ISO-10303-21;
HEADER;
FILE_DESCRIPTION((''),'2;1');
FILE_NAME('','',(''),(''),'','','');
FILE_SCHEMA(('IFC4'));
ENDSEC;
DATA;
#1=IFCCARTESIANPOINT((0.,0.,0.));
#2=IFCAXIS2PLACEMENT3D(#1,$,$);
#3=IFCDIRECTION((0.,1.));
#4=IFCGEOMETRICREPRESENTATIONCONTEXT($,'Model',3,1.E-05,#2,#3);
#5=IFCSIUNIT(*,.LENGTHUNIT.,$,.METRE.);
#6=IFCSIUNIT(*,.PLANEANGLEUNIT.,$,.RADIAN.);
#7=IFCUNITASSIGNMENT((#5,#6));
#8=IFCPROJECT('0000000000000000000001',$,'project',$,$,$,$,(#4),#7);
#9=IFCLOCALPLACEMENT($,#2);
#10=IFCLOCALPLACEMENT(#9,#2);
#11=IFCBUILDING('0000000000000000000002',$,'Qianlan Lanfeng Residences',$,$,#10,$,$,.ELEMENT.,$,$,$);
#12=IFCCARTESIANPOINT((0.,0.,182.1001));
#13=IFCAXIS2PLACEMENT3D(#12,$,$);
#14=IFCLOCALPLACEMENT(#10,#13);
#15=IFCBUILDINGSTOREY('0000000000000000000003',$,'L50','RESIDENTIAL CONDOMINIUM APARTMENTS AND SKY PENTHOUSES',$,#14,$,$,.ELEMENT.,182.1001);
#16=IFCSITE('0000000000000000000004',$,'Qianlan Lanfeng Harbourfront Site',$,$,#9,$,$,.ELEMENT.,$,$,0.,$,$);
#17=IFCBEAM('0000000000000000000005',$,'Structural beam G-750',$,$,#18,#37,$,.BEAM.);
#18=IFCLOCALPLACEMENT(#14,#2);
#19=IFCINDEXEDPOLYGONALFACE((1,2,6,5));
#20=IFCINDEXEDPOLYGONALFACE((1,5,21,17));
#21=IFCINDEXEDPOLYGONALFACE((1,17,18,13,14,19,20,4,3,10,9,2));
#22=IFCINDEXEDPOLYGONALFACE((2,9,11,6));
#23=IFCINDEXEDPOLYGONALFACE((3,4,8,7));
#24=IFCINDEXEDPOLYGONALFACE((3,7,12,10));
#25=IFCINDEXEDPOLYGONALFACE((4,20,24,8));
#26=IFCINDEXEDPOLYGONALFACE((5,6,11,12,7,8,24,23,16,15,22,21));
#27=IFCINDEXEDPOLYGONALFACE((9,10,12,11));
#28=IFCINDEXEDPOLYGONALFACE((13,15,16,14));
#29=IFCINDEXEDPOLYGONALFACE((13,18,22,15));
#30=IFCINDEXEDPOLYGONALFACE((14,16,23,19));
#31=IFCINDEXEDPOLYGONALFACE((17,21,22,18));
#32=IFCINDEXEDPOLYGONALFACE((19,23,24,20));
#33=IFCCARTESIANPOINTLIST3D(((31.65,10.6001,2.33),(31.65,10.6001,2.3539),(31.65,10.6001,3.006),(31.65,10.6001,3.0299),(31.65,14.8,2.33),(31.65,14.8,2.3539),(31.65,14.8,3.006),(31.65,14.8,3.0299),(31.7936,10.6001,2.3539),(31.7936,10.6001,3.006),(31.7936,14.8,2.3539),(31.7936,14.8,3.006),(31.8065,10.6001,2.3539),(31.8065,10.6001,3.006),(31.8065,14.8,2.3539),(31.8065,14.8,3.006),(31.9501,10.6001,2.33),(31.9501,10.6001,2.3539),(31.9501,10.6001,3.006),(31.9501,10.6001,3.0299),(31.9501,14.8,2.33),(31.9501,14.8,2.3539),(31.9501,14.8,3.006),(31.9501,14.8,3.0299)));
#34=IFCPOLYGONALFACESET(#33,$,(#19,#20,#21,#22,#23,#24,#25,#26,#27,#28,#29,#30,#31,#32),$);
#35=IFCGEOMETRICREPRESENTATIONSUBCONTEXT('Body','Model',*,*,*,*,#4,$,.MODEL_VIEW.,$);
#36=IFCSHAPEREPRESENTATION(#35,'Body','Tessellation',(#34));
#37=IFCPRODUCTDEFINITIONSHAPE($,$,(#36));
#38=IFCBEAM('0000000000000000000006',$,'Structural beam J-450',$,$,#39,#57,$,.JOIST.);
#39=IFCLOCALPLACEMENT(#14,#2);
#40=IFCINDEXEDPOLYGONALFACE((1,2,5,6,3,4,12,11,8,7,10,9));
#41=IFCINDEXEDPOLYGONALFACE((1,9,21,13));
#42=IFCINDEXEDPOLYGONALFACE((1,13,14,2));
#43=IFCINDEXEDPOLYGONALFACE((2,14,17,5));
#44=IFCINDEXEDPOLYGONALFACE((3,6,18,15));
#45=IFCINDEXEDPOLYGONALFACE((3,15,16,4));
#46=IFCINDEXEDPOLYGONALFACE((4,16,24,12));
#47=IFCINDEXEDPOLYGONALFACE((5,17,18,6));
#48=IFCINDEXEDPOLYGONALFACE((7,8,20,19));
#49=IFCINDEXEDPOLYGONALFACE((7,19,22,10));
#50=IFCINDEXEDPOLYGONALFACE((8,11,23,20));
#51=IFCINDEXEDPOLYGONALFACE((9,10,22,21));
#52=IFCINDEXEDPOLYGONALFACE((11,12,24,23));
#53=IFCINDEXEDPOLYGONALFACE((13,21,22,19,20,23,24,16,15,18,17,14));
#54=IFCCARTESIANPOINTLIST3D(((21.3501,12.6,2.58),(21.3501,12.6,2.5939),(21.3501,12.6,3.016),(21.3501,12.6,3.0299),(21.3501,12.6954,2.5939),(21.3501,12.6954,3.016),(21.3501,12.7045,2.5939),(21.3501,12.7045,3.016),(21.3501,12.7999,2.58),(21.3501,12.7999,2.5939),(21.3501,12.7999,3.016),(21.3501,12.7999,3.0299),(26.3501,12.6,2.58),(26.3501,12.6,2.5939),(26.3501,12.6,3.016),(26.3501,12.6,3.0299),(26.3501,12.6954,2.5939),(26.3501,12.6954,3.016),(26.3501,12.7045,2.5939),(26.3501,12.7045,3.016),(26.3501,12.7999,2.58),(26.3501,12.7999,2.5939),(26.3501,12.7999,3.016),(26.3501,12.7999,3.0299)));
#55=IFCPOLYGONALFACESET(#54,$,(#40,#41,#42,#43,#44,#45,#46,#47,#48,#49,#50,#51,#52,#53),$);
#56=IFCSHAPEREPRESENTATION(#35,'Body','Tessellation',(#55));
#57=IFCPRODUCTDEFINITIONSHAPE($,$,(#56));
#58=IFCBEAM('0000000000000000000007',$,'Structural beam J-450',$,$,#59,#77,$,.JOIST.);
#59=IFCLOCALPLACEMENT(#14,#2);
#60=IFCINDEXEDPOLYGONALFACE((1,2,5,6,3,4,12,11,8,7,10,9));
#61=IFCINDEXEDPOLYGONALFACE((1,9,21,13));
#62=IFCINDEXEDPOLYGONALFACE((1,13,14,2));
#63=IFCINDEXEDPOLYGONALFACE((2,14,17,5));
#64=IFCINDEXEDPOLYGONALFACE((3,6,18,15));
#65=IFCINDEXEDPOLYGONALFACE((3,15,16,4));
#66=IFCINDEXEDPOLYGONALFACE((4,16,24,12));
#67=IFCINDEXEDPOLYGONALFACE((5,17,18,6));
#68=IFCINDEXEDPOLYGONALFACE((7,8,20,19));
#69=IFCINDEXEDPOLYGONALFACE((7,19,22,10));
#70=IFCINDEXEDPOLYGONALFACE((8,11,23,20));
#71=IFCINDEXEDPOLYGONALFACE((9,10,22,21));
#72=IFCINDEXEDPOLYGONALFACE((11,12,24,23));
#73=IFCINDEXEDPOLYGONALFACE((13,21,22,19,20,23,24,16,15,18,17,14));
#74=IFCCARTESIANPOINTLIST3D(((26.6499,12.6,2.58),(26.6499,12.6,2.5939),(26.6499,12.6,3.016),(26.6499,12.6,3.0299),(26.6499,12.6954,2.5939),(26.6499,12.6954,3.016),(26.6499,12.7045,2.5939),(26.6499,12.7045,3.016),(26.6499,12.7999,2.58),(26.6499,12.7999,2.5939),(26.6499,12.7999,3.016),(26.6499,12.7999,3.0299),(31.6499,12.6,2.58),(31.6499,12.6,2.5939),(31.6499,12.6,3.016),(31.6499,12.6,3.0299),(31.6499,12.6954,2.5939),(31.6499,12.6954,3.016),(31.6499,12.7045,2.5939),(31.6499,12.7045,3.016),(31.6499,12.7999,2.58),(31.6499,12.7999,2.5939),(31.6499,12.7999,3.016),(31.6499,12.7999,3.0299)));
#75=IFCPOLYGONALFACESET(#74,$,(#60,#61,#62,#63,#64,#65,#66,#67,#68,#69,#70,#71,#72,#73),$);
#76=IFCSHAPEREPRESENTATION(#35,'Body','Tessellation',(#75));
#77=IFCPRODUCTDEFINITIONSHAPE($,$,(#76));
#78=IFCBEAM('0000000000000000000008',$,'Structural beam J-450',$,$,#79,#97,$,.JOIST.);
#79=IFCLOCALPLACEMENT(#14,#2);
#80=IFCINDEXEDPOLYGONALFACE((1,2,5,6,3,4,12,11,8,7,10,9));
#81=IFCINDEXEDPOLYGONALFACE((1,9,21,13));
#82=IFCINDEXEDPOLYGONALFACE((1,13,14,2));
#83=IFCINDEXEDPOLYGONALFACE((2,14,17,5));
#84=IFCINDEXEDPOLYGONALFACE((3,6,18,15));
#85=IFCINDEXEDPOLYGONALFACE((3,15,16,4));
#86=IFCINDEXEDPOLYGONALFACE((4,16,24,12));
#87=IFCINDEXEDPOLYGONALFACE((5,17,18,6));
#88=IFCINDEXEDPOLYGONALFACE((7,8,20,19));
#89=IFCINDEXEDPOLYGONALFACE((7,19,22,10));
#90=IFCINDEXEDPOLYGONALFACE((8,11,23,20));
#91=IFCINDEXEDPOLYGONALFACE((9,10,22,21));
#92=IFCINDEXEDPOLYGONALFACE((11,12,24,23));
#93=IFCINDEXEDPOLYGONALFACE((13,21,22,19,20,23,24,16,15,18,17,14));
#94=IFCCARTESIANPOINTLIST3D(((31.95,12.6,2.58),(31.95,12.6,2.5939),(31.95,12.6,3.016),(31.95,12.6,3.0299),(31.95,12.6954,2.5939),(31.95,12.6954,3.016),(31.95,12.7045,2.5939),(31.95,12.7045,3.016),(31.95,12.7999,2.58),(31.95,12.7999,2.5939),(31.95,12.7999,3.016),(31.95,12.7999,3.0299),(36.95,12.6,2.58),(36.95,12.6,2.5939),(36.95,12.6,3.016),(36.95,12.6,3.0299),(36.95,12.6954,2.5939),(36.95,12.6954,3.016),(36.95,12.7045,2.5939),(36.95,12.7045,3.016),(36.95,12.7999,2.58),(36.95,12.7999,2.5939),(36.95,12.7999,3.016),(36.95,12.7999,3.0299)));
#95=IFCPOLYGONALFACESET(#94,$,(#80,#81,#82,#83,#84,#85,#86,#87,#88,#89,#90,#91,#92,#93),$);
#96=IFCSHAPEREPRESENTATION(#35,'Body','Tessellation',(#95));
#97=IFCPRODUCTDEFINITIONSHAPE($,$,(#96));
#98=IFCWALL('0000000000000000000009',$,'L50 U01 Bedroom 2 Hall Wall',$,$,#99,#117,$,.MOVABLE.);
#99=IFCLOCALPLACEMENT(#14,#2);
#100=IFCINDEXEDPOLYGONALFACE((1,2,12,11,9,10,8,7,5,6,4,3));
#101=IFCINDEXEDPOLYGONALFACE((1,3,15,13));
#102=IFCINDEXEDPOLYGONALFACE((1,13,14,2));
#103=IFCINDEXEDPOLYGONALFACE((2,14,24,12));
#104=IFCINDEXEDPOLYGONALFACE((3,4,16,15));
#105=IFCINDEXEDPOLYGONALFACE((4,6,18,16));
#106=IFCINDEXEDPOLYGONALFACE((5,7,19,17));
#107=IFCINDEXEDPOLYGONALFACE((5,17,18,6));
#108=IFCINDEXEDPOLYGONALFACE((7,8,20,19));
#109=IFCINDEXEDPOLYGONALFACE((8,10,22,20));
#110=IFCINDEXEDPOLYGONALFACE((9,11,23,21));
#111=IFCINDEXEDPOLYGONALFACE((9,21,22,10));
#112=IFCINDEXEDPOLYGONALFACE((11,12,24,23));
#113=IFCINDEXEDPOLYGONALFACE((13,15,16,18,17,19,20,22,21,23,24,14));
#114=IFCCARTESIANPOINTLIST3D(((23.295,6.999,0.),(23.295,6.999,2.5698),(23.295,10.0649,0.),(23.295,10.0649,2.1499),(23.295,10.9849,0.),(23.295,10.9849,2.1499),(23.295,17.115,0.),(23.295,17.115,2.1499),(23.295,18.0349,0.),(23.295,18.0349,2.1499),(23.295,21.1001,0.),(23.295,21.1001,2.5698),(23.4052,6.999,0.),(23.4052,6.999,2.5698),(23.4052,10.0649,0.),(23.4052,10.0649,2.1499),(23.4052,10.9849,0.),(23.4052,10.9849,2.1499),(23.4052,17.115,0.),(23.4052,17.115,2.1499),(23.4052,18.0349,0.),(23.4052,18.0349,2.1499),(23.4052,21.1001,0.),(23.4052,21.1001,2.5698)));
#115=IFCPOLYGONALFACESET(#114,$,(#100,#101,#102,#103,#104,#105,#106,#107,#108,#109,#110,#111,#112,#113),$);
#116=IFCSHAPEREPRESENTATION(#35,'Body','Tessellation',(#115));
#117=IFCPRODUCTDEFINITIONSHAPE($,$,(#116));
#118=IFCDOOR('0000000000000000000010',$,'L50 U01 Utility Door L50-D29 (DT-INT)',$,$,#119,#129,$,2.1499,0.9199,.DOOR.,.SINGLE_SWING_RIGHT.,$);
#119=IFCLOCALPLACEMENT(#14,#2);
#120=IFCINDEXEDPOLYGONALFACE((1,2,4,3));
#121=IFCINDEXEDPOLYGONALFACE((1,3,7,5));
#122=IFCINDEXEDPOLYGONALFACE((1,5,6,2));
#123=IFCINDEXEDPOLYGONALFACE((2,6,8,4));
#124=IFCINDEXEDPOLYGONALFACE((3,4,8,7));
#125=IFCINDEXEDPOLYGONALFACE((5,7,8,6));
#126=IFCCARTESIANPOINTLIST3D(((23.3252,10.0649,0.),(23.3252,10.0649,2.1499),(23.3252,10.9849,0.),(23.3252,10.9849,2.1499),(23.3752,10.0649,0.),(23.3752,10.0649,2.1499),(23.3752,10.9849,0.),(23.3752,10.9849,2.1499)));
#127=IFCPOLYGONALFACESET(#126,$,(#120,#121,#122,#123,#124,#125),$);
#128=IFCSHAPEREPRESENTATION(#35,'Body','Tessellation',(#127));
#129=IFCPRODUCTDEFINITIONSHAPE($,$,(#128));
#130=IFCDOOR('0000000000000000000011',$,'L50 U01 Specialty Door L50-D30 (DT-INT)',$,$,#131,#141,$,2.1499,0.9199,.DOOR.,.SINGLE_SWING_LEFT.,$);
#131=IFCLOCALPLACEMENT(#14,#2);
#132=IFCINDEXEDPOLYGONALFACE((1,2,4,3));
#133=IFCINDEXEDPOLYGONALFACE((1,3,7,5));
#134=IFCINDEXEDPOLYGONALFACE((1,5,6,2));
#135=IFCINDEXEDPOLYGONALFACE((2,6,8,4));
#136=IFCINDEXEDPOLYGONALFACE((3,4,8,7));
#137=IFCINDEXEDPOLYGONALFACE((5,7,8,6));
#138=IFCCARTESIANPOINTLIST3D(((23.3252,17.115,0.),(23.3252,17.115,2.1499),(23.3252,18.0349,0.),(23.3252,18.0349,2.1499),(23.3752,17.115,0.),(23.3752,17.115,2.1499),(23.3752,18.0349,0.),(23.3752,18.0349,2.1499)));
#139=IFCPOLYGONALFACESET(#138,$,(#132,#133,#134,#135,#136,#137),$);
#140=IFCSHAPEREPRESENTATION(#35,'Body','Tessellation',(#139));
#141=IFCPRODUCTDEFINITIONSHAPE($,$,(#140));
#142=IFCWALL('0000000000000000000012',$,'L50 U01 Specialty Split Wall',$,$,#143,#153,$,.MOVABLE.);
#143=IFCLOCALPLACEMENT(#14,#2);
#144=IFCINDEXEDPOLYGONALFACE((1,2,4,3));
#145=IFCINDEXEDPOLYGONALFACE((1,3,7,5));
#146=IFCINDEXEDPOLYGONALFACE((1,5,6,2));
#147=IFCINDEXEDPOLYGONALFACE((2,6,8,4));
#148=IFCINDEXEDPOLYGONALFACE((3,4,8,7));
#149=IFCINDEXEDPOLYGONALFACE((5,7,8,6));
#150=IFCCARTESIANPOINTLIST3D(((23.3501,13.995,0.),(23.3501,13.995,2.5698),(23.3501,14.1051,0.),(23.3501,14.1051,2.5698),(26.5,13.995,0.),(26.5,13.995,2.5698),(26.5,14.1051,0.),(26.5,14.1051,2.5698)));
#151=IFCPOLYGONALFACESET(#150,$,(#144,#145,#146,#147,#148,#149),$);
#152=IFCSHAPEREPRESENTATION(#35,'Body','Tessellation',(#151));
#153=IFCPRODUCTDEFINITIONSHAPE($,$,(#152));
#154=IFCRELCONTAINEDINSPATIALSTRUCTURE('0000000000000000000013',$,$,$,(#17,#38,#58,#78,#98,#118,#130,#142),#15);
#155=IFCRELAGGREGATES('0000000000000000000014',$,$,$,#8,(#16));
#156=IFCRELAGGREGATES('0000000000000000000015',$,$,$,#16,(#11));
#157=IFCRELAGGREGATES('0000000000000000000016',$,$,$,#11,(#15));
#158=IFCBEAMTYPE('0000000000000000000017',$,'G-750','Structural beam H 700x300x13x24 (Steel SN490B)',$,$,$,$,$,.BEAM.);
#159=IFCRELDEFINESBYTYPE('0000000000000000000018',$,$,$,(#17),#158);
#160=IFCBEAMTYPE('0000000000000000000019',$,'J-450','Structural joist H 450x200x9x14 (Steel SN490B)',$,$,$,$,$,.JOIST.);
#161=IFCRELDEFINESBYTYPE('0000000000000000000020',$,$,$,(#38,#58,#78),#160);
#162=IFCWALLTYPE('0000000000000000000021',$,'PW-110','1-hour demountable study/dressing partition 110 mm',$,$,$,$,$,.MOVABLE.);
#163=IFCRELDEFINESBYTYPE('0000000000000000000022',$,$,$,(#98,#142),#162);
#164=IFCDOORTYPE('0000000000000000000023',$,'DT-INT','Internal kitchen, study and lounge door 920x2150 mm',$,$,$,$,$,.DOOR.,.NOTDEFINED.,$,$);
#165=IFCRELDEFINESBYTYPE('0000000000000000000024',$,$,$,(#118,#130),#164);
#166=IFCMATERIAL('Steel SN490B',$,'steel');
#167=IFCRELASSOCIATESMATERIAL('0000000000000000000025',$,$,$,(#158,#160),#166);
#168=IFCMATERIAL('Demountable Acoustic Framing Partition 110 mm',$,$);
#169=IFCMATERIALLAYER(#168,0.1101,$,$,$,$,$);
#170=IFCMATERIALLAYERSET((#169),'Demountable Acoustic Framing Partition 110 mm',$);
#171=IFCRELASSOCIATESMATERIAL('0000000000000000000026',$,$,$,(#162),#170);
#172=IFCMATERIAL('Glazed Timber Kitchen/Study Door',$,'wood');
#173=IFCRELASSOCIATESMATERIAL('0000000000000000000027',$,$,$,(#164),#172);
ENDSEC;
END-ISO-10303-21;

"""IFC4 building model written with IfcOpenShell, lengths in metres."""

from ifc_helpers import new_model, si_unit, direction, frame, frame_2d, origin, origin_2d, place, context, subcontext, project, spatial, rectangle, i_section, extrude, material, layer, layer_set, material_profile, profile_set, type_object, element, fill, save


model = new_model("IFC4")

# Units and contexts
model_context = context("Model", 3, precision=1e-05, world=origin(), true_north=direction((0.0, 1.0)))
body_context = subcontext(model_context, "Body", "Model", "MODEL_VIEW")
ifc_project = project(units=[si_unit("LENGTHUNIT", "METRE"), si_unit("PLANEANGLEUNIT", "RADIAN")], contexts=[model_context])

# Site, building, storey
site_placement = place(None, origin())
site = spatial("IfcSite", under=ifc_project, at=site_placement, Name="Qianlan Lanfeng Harbourfront Site", CompositionType="ELEMENT", RefElevation=0.0)
building_placement = place(site_placement, origin())
building = spatial("IfcBuilding", under=site, at=building_placement, Name="Qianlan Lanfeng Residences", CompositionType="ELEMENT")
storey_placement = place(building_placement, frame((0.0, 0.0, 182.1001)))
storey = spatial("IfcBuildingStorey", under=building, at=storey_placement, Name="L50", Description="RESIDENTIAL CONDOMINIUM APARTMENTS AND SKY PENTHOUSES", CompositionType="ELEMENT", Elevation=182.1001)

# Shared definitions
ifc_material_1 = material(Name="Steel SN490B", Category="steel")

# Beams
ifc_material_profile_1 = material_profile(ifc_material_1, i_section(OverallWidth=0.3, OverallDepth=0.7, WebThickness=0.0129, FlangeThickness=0.0239, at=origin_2d()), Name="H 700x300x13x24")
ifc_profile_set_1 = profile_set([ifc_material_profile_1], Name="Steel SN490B")
beam_type_1 = type_object("IfcBeamType", Name="G-750", Description="Structural beam H 700x300x13x24 (Steel SN490B)", PredefinedType="BEAM", material=ifc_profile_set_1)
beam_1_placement = place(storey_placement, frame((31.8, 10.6001, 2.6799), z_axis=(0.0, 1.0, 0.0), x_axis=(-1.0, 0.0, 0.0)))
element("IfcBeam", 1, at=beam_1_placement, inside=storey, type_object=beam_type_1, Name="Structural beam G-750", PredefinedType="BEAM", context=body_context, shape_type="SweptSolid", body=[
    extrude(i_section(OverallWidth=0.3, OverallDepth=0.7, WebThickness=0.0129, FlangeThickness=0.0239, at=origin_2d()), origin(), (0.0, 0.0, 1.0), 4.2),
])
ifc_material_profile_2 = material_profile(ifc_material_1, i_section(OverallWidth=0.2, OverallDepth=0.45, WebThickness=0.009, FlangeThickness=0.0139, at=origin_2d()), Name="H 450x200x9x14")
ifc_profile_set_2 = profile_set([ifc_material_profile_2], Name="Steel SN490B")
beam_type_2 = type_object("IfcBeamType", Name="J-450", Description="Structural joist H 450x200x9x14 (Steel SN490B)", PredefinedType="JOIST", material=ifc_profile_set_2)
for number, where, z_axis, x_axis, name in (
    (2, (21.3501, 12.7, 2.8049), (1.0, 0.0, 0.0), (0.0, 1.0, 0.0), "Structural beam J-450"),
    (3, (26.6499, 12.7, 2.8049), (1.0, 0.0, 0.0), (0.0, 1.0, 0.0), "Structural beam J-450"),
    (4, (31.95, 12.7, 2.8049), (1.0, 0.0, 0.0), (0.0, 1.0, 0.0), "Structural beam J-450"),
):
    element("IfcBeam", number, at=place(storey_placement, frame(where, z_axis=z_axis, x_axis=x_axis)), inside=storey, type_object=beam_type_2, Name=name, PredefinedType="JOIST", context=body_context, shape_type="SweptSolid", body=[
        extrude(i_section(OverallWidth=0.2, OverallDepth=0.45, WebThickness=0.009, FlangeThickness=0.0139, at=origin_2d()), origin(), (0.0, 0.0, 1.0), 5.0),
    ])

# Wall, openings, doors
ifc_material_2 = material(Name="Demountable Acoustic Framing Partition 110 mm")
ifc_layer_1 = layer(ifc_material_2, 0.1101)
ifc_layer_set_1 = layer_set([ifc_layer_1], Name="Demountable Acoustic Framing Partition 110 mm")
wall_type_1 = type_object("IfcWallType", Name="PW-110", Description="1-hour demountable study/dressing partition 110 mm", PredefinedType="MOVABLE", material=ifc_layer_set_1)
wall_1_placement = place(storey_placement, frame((23.3501, 6.999, 0.0), z_axis=(0.0, 0.0, 1.0), x_axis=(0.0, 1.0, 0.0)))
wall_1 = element("IfcWall", 5, at=wall_1_placement, inside=storey, type_object=wall_type_1, Name="L50 U01 Bedroom 2 Hall Wall", PredefinedType="MOVABLE", context=body_context, shape_type="SweptSolid", body=[
    extrude(rectangle(XDim=14.1011, YDim=0.1101, at=frame_2d((7.0505, 0.0))), origin(), (0.0, 0.0, 1.0), 2.5698),
])
opening_1_placement = place(wall_1_placement, frame((3.0659, 0.0, 0.0)))
opening_1 = element("IfcOpeningElement", 6, at=opening_1_placement, cuts=wall_1, PredefinedType="OPENING", context=body_context, shape_type="SweptSolid", body=[
    extrude(rectangle(XDim=0.9199, YDim=2.1499, at=frame_2d((0.46, 1.075))), frame((0.0, 0.0649, 0.0), z_axis=(0.0, -1.0, 0.0), x_axis=(1.0, 0.0, 0.0)), (0.0, 0.0, 1.0), 0.1301),
])
opening_2_placement = place(wall_1_placement, frame((10.116, 0.0, 0.0)))
opening_2 = element("IfcOpeningElement", 7, at=opening_2_placement, cuts=wall_1, PredefinedType="OPENING", context=body_context, shape_type="SweptSolid", body=[
    extrude(rectangle(XDim=0.9199, YDim=2.1499, at=frame_2d((0.46, 1.075))), frame((0.0, 0.0649, 0.0), z_axis=(0.0, -1.0, 0.0), x_axis=(1.0, 0.0, 0.0)), (0.0, 0.0, 1.0), 0.1301),
])
ifc_material_3 = material(Name="Glazed Timber Kitchen/Study Door", Category="wood")
door_type_1 = type_object("IfcDoorType", Name="DT-INT", Description="Internal kitchen, study and lounge door 920x2150 mm", OperationType="NOTDEFINED", PredefinedType="DOOR", material=ifc_material_3)
door_1_placement = place(opening_1_placement, origin())
door_1 = element("IfcDoor", 8, at=door_1_placement, inside=storey, type_object=door_type_1, Name="L50 U01 Utility Door L50-D29 (DT-INT)", OperationType="SINGLE_SWING_RIGHT", OverallHeight=2.1499, OverallWidth=0.9199, PredefinedType="DOOR", context=body_context, shape_type="SweptSolid", body=[
    extrude(rectangle(XDim=0.9199, YDim=2.1499, at=frame_2d((0.46, 1.075))), frame((0.0, 0.0249, 0.0), z_axis=(0.0, -1.0, 0.0), x_axis=(1.0, 0.0, 0.0)), (0.0, 0.0, 1.0), 0.05),
])
fill(opening_1, door_1)
door_2_placement = place(opening_2_placement, origin())
door_2 = element("IfcDoor", 9, at=door_2_placement, inside=storey, type_object=door_type_1, Name="L50 U01 Specialty Door L50-D30 (DT-INT)", OperationType="SINGLE_SWING_LEFT", OverallHeight=2.1499, OverallWidth=0.9199, PredefinedType="DOOR", context=body_context, shape_type="SweptSolid", body=[
    extrude(rectangle(XDim=0.9199, YDim=2.1499, at=frame_2d((0.46, 1.075))), frame((0.0, 0.0249, 0.0), z_axis=(0.0, -1.0, 0.0), x_axis=(1.0, 0.0, 0.0)), (0.0, 0.0, 1.0), 0.05),
])
fill(opening_2, door_2)

# Wall
wall_2_placement = place(storey_placement, frame((23.3501, 14.05, 0.0), z_axis=(0.0, 0.0, 1.0), x_axis=(1.0, 0.0, 0.0)))
element("IfcWall", 10, at=wall_2_placement, inside=storey, type_object=wall_type_1, Name="L50 U01 Specialty Split Wall", PredefinedType="MOVABLE", context=body_context, shape_type="SweptSolid", body=[
    extrude(rectangle(XDim=3.1499, YDim=0.1101, at=frame_2d((1.575, 0.0))), origin(), (0.0, 0.0, 1.0), 2.5698),
])

save(model, "model.ifc")
